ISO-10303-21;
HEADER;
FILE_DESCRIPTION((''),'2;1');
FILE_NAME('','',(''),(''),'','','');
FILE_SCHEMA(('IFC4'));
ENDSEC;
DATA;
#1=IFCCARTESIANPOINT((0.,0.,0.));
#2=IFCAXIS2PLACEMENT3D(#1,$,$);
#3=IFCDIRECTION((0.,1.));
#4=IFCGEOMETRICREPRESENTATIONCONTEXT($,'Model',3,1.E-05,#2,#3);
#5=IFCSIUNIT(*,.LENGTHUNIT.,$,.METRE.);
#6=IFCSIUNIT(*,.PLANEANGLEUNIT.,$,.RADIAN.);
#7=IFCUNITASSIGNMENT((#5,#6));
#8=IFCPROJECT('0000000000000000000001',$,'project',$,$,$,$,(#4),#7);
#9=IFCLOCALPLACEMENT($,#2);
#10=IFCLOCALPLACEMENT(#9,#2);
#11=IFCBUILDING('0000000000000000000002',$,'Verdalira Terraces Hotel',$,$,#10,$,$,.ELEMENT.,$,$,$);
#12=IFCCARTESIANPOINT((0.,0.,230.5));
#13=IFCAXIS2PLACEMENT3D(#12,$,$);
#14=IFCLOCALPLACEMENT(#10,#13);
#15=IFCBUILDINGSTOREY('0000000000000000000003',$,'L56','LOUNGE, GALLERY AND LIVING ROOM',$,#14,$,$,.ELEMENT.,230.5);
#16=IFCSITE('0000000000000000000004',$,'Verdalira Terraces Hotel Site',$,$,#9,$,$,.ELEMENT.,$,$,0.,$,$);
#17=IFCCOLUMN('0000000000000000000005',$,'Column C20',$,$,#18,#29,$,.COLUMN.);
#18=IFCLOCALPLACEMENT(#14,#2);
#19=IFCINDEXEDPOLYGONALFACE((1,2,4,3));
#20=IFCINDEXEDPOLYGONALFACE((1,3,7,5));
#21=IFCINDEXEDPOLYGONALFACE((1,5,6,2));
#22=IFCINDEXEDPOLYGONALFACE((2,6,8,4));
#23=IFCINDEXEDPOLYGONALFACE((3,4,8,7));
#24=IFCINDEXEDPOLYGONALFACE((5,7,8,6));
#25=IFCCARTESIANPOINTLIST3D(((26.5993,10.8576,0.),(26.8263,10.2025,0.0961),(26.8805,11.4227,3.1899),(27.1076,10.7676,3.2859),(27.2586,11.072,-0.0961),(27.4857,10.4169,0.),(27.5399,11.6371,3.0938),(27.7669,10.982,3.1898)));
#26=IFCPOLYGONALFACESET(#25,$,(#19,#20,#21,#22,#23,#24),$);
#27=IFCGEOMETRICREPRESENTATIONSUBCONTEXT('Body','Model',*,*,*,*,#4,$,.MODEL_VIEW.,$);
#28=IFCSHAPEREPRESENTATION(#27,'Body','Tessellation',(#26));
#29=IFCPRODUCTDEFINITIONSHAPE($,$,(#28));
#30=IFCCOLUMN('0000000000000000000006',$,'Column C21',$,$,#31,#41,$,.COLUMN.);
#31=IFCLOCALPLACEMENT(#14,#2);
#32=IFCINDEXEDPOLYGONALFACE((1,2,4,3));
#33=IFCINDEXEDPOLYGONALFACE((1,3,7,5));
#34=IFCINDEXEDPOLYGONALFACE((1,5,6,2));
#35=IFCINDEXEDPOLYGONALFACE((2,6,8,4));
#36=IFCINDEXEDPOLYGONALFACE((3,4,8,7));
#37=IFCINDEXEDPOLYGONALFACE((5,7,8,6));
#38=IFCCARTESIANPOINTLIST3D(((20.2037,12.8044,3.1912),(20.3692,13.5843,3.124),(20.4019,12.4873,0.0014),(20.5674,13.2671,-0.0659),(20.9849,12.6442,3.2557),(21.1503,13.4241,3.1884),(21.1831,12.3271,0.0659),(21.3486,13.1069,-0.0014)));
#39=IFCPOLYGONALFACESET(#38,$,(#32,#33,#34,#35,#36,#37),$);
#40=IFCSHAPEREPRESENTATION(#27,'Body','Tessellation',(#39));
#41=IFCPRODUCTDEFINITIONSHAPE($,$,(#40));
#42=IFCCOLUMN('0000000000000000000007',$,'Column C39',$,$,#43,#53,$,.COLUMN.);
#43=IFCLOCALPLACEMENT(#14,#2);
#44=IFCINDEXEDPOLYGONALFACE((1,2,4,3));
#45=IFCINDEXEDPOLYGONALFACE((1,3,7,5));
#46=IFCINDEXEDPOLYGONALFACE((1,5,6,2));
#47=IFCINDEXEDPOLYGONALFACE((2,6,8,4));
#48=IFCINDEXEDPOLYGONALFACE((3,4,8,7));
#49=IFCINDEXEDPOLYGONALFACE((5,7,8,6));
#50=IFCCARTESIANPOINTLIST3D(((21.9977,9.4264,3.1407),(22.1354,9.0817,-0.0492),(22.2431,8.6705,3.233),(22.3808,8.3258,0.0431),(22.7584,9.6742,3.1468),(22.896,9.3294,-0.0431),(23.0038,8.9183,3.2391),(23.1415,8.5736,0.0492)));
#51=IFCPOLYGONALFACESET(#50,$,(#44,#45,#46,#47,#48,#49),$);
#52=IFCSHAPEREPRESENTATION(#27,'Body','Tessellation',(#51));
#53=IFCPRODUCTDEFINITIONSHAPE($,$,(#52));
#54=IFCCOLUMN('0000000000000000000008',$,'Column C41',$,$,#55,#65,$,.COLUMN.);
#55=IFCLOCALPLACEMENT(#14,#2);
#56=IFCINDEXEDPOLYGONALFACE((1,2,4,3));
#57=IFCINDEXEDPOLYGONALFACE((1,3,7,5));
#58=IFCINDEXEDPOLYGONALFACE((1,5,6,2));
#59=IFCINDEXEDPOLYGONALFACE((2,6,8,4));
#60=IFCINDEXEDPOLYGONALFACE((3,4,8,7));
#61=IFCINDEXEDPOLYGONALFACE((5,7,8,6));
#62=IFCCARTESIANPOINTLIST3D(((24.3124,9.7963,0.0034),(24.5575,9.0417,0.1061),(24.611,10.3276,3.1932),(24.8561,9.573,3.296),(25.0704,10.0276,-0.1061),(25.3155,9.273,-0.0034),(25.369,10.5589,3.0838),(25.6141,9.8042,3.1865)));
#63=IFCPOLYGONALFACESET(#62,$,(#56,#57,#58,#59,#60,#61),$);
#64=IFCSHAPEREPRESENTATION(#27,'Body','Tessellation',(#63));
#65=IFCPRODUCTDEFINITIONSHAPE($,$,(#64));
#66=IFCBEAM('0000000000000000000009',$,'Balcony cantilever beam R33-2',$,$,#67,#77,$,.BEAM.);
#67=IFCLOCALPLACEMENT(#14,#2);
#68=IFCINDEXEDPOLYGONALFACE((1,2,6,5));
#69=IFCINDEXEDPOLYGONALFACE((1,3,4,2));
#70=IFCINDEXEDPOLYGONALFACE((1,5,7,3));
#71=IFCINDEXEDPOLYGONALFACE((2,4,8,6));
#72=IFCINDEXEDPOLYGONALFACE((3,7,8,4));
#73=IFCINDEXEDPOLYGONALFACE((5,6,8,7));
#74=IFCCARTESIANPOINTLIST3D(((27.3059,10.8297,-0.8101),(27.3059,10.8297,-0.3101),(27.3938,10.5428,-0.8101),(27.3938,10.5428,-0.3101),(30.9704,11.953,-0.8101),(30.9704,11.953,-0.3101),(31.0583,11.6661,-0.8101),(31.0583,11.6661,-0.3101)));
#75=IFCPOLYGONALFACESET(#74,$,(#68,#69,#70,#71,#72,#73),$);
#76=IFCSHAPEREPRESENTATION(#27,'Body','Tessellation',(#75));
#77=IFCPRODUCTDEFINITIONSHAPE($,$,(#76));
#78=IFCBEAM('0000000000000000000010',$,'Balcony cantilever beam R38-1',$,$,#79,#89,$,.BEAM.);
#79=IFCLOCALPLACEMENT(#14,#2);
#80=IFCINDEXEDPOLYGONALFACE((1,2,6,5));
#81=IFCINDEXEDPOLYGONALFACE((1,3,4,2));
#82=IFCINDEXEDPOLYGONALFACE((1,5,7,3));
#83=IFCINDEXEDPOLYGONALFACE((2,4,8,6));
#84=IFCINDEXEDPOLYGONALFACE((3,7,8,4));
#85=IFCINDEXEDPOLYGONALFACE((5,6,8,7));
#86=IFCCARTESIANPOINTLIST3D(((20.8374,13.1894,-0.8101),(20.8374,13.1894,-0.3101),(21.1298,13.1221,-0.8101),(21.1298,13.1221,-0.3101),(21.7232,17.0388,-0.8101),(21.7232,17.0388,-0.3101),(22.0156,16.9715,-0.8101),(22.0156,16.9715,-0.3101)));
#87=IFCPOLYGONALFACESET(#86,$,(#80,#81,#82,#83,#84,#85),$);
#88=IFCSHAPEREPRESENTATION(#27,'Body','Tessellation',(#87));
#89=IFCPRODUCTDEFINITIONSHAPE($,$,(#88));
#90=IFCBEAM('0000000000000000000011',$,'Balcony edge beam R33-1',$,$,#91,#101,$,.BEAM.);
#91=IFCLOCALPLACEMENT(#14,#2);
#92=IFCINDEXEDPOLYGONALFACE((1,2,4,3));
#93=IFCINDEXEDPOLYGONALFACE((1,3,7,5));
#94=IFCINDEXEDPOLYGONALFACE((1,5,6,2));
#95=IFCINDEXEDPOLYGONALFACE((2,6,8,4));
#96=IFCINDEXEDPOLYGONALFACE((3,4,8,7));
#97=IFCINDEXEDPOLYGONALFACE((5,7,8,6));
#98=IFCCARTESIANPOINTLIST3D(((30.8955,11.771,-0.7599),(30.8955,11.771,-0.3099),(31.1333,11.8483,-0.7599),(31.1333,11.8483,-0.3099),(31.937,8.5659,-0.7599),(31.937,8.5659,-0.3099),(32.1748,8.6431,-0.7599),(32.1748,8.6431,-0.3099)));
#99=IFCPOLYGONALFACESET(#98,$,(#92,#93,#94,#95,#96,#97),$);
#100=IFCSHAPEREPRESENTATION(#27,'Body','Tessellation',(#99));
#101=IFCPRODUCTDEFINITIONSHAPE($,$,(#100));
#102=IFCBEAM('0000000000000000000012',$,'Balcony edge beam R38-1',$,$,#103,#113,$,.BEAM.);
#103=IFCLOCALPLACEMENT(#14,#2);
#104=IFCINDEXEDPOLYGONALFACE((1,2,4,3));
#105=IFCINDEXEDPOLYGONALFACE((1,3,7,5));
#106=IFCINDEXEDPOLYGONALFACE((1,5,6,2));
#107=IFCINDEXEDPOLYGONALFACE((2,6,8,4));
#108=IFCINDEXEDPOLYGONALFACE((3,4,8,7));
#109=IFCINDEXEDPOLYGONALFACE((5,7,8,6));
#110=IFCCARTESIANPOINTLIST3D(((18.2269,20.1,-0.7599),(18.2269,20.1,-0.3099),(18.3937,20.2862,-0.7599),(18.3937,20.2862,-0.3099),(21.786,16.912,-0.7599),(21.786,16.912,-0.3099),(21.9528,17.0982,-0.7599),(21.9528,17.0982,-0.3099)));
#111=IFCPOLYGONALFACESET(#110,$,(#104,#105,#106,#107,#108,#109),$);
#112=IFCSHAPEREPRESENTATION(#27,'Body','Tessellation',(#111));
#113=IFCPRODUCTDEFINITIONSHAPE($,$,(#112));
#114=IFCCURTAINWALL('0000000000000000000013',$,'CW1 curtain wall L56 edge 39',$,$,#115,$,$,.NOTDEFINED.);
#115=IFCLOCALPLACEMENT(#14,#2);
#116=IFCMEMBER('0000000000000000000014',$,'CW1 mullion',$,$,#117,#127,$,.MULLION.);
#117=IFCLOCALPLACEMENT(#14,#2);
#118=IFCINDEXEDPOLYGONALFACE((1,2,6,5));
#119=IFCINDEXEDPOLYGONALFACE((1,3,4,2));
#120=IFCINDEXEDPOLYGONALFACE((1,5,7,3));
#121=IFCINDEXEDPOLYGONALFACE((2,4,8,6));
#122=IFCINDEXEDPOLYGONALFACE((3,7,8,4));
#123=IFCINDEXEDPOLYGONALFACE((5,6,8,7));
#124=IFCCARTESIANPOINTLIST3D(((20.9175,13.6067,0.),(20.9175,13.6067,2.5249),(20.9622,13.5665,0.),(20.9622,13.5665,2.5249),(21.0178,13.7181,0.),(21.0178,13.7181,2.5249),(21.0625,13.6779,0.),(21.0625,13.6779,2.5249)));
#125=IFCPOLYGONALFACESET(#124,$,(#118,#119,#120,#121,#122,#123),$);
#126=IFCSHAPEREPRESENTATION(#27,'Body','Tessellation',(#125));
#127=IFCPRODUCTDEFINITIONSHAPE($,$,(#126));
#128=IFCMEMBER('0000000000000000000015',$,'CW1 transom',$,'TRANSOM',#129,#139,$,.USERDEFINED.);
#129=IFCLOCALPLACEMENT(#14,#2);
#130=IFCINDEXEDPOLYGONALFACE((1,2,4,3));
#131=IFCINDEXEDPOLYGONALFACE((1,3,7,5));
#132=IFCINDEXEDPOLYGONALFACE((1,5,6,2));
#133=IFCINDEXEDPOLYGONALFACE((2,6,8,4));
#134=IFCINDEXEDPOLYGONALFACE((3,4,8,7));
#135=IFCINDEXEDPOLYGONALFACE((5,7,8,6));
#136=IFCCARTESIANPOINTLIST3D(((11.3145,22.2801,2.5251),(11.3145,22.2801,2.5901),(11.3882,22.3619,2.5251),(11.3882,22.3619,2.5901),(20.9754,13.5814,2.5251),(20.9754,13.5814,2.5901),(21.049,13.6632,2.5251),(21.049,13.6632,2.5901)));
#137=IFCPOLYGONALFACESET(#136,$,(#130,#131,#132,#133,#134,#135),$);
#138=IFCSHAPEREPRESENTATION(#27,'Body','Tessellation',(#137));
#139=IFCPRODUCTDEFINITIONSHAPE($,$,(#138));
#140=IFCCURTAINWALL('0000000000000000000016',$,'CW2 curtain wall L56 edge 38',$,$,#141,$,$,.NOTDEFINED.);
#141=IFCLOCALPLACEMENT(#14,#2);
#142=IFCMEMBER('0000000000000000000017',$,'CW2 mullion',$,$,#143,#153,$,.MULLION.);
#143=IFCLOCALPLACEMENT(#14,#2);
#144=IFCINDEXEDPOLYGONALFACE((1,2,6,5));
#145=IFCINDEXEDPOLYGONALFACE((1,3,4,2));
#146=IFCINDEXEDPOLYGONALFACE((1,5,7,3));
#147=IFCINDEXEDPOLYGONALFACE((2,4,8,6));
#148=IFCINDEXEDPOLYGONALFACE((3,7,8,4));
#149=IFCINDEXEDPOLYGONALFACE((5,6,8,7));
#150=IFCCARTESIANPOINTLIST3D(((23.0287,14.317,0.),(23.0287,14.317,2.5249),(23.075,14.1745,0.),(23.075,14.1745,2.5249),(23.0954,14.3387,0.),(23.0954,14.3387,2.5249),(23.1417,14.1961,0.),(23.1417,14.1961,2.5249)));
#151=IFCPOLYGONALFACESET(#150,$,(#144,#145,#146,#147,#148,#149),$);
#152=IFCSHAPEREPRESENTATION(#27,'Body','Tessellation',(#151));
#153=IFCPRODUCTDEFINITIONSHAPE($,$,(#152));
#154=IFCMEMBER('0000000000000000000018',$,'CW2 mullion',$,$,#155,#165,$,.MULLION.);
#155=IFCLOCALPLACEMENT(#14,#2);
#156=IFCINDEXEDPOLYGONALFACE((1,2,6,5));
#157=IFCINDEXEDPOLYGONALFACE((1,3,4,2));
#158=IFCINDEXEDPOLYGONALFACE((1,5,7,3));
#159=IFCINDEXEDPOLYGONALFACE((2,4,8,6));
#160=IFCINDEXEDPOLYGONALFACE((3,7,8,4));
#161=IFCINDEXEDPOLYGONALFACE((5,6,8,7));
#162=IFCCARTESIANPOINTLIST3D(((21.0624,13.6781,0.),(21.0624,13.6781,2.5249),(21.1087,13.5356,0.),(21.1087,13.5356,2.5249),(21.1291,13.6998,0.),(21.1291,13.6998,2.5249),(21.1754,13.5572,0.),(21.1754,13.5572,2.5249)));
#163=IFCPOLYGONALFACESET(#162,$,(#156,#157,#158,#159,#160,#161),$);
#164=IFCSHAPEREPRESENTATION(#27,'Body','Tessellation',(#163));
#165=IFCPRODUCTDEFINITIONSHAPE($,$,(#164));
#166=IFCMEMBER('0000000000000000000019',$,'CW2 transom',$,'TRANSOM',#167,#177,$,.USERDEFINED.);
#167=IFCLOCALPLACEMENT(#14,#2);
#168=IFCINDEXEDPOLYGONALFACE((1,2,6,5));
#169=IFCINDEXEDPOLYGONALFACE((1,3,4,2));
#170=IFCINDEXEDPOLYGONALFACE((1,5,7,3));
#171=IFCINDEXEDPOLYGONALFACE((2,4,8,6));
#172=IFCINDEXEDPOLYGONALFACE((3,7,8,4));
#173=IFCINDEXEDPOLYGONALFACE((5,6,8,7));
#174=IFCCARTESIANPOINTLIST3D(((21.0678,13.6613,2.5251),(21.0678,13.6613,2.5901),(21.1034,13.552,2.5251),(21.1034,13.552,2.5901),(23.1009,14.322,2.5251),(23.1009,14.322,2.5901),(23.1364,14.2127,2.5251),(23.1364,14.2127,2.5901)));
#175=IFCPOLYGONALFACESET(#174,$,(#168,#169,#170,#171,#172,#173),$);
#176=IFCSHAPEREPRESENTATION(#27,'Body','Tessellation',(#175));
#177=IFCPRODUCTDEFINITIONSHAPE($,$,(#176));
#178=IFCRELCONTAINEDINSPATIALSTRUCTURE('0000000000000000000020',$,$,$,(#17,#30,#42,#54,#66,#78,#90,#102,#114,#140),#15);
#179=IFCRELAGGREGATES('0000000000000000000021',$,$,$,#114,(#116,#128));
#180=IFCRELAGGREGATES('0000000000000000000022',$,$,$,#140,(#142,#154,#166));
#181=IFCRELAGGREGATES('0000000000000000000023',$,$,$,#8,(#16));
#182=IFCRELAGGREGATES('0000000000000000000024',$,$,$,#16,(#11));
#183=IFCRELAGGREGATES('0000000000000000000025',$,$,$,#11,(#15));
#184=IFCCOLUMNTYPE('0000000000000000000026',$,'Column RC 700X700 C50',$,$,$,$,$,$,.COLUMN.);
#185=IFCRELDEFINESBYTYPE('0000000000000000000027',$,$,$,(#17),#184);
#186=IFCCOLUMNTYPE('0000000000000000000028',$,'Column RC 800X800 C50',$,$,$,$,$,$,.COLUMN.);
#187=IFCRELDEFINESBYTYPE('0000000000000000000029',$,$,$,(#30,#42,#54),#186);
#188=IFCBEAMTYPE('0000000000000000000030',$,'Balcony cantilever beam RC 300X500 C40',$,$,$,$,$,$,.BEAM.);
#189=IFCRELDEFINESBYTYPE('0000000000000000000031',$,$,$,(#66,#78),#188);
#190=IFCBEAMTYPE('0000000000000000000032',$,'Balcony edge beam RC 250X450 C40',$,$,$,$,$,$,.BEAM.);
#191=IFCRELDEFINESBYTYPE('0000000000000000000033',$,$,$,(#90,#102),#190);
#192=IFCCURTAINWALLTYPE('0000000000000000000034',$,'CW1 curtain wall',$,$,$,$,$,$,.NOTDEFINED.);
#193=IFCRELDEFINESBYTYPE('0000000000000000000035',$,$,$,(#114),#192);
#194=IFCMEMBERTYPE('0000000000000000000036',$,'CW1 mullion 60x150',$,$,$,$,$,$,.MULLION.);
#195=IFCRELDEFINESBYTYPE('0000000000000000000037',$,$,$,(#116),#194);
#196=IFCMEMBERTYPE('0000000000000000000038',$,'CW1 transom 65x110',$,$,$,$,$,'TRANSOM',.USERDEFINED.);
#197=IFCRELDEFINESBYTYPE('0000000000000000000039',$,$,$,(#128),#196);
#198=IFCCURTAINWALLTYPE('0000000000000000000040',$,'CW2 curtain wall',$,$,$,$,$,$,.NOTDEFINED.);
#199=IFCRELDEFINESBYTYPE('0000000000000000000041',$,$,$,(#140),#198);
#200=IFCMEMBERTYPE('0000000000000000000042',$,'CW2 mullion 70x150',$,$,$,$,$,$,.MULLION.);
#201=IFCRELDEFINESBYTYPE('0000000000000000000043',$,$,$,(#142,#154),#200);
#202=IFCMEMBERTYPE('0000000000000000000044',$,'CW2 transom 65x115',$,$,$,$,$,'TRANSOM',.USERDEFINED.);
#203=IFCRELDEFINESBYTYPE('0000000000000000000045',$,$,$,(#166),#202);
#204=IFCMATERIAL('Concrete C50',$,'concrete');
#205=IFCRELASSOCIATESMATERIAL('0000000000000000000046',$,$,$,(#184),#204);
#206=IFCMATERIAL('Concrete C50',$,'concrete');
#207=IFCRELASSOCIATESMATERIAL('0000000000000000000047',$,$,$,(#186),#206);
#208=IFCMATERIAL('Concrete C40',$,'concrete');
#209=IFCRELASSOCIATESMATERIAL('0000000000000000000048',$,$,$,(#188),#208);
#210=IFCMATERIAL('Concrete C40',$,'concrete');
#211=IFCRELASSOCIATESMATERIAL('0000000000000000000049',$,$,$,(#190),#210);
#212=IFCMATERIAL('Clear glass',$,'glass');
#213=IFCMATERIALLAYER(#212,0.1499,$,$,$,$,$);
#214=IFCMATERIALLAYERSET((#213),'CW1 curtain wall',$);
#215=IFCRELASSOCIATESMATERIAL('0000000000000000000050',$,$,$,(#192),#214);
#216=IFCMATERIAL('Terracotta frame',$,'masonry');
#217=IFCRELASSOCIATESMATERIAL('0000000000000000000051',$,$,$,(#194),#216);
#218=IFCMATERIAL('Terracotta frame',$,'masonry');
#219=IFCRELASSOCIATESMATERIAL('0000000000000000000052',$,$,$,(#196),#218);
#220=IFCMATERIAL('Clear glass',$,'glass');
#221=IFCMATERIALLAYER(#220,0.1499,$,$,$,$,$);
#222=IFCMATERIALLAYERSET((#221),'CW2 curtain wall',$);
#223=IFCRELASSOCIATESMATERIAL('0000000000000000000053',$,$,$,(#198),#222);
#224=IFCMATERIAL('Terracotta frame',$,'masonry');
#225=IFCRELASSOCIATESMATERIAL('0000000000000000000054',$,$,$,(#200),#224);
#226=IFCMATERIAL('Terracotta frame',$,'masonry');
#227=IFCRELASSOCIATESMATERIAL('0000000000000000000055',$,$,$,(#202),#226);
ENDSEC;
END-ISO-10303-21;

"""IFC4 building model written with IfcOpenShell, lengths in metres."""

from ifc_helpers import new_model, si_unit, direction, frame, origin, origin_2d, place, context, subcontext, project, spatial, rectangle, extrude, material, layer, layer_set, material_profile, profile_set, type_object, element, aggregate, save


model = new_model("IFC4")

# Units and contexts
model_context = context("Model", 3, precision=1e-05, world=origin(), true_north=direction((0.0, 1.0)))
body_context = subcontext(model_context, "Body", "Model", "MODEL_VIEW")
ifc_project = project(units=[si_unit("LENGTHUNIT", "METRE"), si_unit("PLANEANGLEUNIT", "RADIAN")], contexts=[model_context])

# Site, building, storey
site_placement = place(None, origin())
site = spatial("IfcSite", under=ifc_project, at=site_placement, Name="Verdalira Terraces Hotel Site", CompositionType="ELEMENT", RefElevation=0.0)
building_placement = place(site_placement, origin())
building = spatial("IfcBuilding", under=site, at=building_placement, Name="Verdalira Terraces Hotel", CompositionType="ELEMENT")
storey_placement = place(building_placement, frame((0.0, 0.0, 230.5)))
storey = spatial("IfcBuildingStorey", under=building, at=storey_placement, Name="L56", Description="LOUNGE, GALLERY AND LIVING ROOM", CompositionType="ELEMENT", Elevation=230.5)

# Columns
ifc_material_1 = material(Name="Concrete C50", Category="concrete")
ifc_material_profile_1 = material_profile(ifc_material_1, rectangle(XDim=0.7, YDim=0.7, at=origin_2d()), Name="RC 700X700")
ifc_profile_set_1 = profile_set([ifc_material_profile_1], Name="Concrete C50")
column_type_1 = type_object("IfcColumnType", Name="Column RC 700X700 C50", PredefinedType="COLUMN", material=ifc_profile_set_1)
column_1_placement = place(storey_placement, frame((27.0425, 10.6372, 0.0), z_axis=(0.08649, 0.173806, 0.980974), x_axis=(-0.324348, 0.935931, -0.137229)))
element("IfcColumn", 1, at=column_1_placement, inside=storey, type_object=column_type_1, Name="Column C20", PredefinedType="COLUMN", context=body_context, shape_type="SweptSolid", body=[
    extrude(rectangle(XDim=0.7, YDim=0.7, at=origin_2d()), origin(), (0.0, 0.0, 1.0), 3.2517),
])
ifc_material_2 = material(Name="Concrete C50", Category="concrete")
ifc_material_profile_2 = material_profile(ifc_material_2, rectangle(XDim=0.8, YDim=0.8, at=origin_2d()), Name="RC 800X800")
ifc_profile_set_2 = profile_set([ifc_material_profile_2], Name="Concrete C50")
column_type_2 = type_object("IfcColumnType", Name="Column RC 800X800 C50", PredefinedType="COLUMN", material=ifc_profile_set_2)
column_2_placement = place(storey_placement, frame((20.8752, 12.7971, 0.0), z_axis=(-0.061723, 0.098742, 0.993197), x_axis=(0.976425, -0.200247, 0.080589)))
element("IfcColumn", 2, at=column_2_placement, inside=storey, type_object=column_type_2, Name="Column C21", PredefinedType="COLUMN", context=body_context, shape_type="SweptSolid", body=[
    extrude(rectangle(XDim=0.8, YDim=0.8, at=origin_2d()), origin(), (0.0, 0.0, 1.0), 3.2117),
])
column_3_placement = place(storey_placement, frame((22.6384, 8.8276, 0.0), z_axis=(-0.042876, 0.107342, 0.993297), x_axis=(0.950809, 0.309686, 0.007575)))
element("IfcColumn", 3, at=column_3_placement, inside=storey, type_object=column_type_2, Name="Column C39", PredefinedType="COLUMN", context=body_context, shape_type="SweptSolid", body=[
    extrude(rectangle(XDim=0.8, YDim=0.8, at=origin_2d()), origin(), (0.0, 0.0, 1.0), 3.2114),
])
column_4_placement = place(storey_placement, frame((24.814, 9.5347, 0.0), z_axis=(0.091939, 0.163581, 0.982236), x_axis=(0.947472, 0.289094, -0.13683)))
element("IfcColumn", 4, at=column_4_placement, inside=storey, type_object=column_type_2, Name="Column C41", PredefinedType="COLUMN", context=body_context, shape_type="SweptSolid", body=[
    extrude(rectangle(XDim=0.8, YDim=0.8, at=origin_2d()), origin(), (0.0, 0.0, 1.0), 3.2476),
])

# Beams
ifc_material_3 = material(Name="Concrete C40", Category="concrete")
ifc_material_profile_3 = material_profile(ifc_material_3, rectangle(XDim=0.3, YDim=0.5, at=origin_2d()), Name="RC 300X500")
ifc_profile_set_3 = profile_set([ifc_material_profile_3], Name="Concrete C40")
beam_type_1 = type_object("IfcBeamType", Name="Balcony cantilever beam RC 300X500 C40", PredefinedType="BEAM", material=ifc_profile_set_3)
beam_1_placement = place(storey_placement, frame((27.3499, 10.6863, -0.5601), z_axis=(0.956091, 0.29307, 0.0), x_axis=(-0.29307, 0.956091, 0.0)))
element("IfcBeam", 5, at=beam_1_placement, inside=storey, type_object=beam_type_1, Name="Balcony cantilever beam R33-2", PredefinedType="BEAM", context=body_context, shape_type="SweptSolid", body=[
    extrude(rectangle(XDim=0.3, YDim=0.5, at=origin_2d()), origin(), (0.0, 0.0, 1.0), 3.8328),
])
beam_2_placement = place(storey_placement, frame((20.9836, 13.1558, -0.5601), z_axis=(0.224241, 0.974534, 0.0), x_axis=(-0.974534, 0.224241, 0.0)))
element("IfcBeam", 6, at=beam_2_placement, inside=storey, type_object=beam_type_1, Name="Balcony cantilever beam R38-1", PredefinedType="BEAM", context=body_context, shape_type="SweptSolid", body=[
    extrude(rectangle(XDim=0.3, YDim=0.5, at=origin_2d()), origin(), (0.0, 0.0, 1.0), 3.95),
])
ifc_material_4 = material(Name="Concrete C40", Category="concrete")
ifc_material_profile_4 = material_profile(ifc_material_4, rectangle(XDim=0.25, YDim=0.45, at=origin_2d()), Name="RC 250X450")
ifc_profile_set_4 = profile_set([ifc_material_profile_4], Name="Concrete C40")
beam_type_2 = type_object("IfcBeamType", Name="Balcony edge beam RC 250X450 C40", PredefinedType="BEAM", material=ifc_profile_set_4)
beam_3_placement = place(storey_placement, frame((32.0559, 8.6045, -0.5349), z_axis=(-0.309047, 0.951047, 0.0), x_axis=(-0.951047, -0.309047, 0.0)))
element("IfcBeam", 7, at=beam_3_placement, inside=storey, type_object=beam_type_2, Name="Balcony edge beam R33-1", PredefinedType="BEAM", context=body_context, shape_type="SweptSolid", body=[
    extrude(rectangle(XDim=0.25, YDim=0.45, at=origin_2d()), origin(), (0.0, 0.0, 1.0), 3.3701),
])
beam_4_placement = place(storey_placement, frame((21.8694, 17.0051, -0.5349), z_axis=(-0.744872, 0.667207, 0.0), x_axis=(-0.667207, -0.744872, 0.0)))
element("IfcBeam", 8, at=beam_4_placement, inside=storey, type_object=beam_type_2, Name="Balcony edge beam R38-1", PredefinedType="BEAM", context=body_context, shape_type="SweptSolid", body=[
    extrude(rectangle(XDim=0.25, YDim=0.45, at=origin_2d()), origin(), (0.0, 0.0, 1.0), 4.7781),
])

# Curtain walls, members
ifc_material_5 = material(Name="Clear glass", Category="glass")
ifc_layer_1 = layer(ifc_material_5, 0.1499)
ifc_layer_set_1 = layer_set([ifc_layer_1], Name="CW1 curtain wall")
curtain_wall_type_1 = type_object("IfcCurtainWallType", Name="CW1 curtain wall", PredefinedType="NOTDEFINED", material=ifc_layer_set_1)
curtain_wall_1_placement = place(storey_placement, origin())
curtain_wall_1 = element("IfcCurtainWall", 9, at=curtain_wall_1_placement, inside=storey, type_object=curtain_wall_type_1, Name="CW1 curtain wall L56 edge 39", PredefinedType="NOTDEFINED")
ifc_material_6 = material(Name="Terracotta frame", Category="masonry")
ifc_material_profile_5 = material_profile(ifc_material_6, rectangle(XDim=0.0601, YDim=0.1499, at=origin_2d()), Name="MU 60x150")
ifc_profile_set_5 = profile_set([ifc_material_profile_5], Name="Terracotta frame")
member_type_1 = type_object("IfcMemberType", Name="CW1 mullion 60x150", PredefinedType="MULLION", material=ifc_profile_set_5)
member_1_placement = place(storey_placement, frame((20.99, 13.6423, 0.0), z_axis=(0.0, 0.0, 1.0), x_axis=(-0.743145, 0.669131, 0.0)))
member_1 = element("IfcMember", 10, at=member_1_placement, type_object=member_type_1, Name="CW1 mullion", PredefinedType="MULLION", context=body_context, shape_type="SweptSolid", body=[
    extrude(rectangle(XDim=0.0601, YDim=0.1499, at=origin_2d()), origin(), (0.0, 0.0, 1.0), 2.5249),
])
ifc_material_7 = material(Name="Terracotta frame", Category="masonry")
ifc_material_profile_6 = material_profile(ifc_material_7, rectangle(XDim=0.1101, YDim=0.0649, at=origin_2d()), Name="TR 65x110")
ifc_profile_set_6 = profile_set([ifc_material_profile_6], Name="Terracotta frame")
member_type_2 = type_object("IfcMemberType", Name="CW1 transom 65x110", ElementType="TRANSOM", PredefinedType="USERDEFINED", material=ifc_profile_set_6)
member_2_placement = place(storey_placement, frame((21.0122, 13.6223, 2.5576), z_axis=(-0.743144, 0.669132, 0.0), x_axis=(-0.669132, -0.743144, 0.0)))
member_2 = element("IfcMember", 11, at=member_2_placement, type_object=member_type_2, Name="CW1 transom", ObjectType="TRANSOM", PredefinedType="USERDEFINED", context=body_context, shape_type="SweptSolid", body=[
    extrude(rectangle(XDim=0.1101, YDim=0.0649, at=origin_2d()), origin(), (0.0, 0.0, 1.0), 13.0),
])
aggregate(curtain_wall_1, [member_1, member_2])
ifc_material_8 = material(Name="Clear glass", Category="glass")
ifc_layer_2 = layer(ifc_material_8, 0.1499)
ifc_layer_set_2 = layer_set([ifc_layer_2], Name="CW2 curtain wall")
curtain_wall_type_2 = type_object("IfcCurtainWallType", Name="CW2 curtain wall", PredefinedType="NOTDEFINED", material=ifc_layer_set_2)
curtain_wall_2_placement = place(storey_placement, origin())
curtain_wall_2 = element("IfcCurtainWall", 12, at=curtain_wall_2_placement, inside=storey, type_object=curtain_wall_type_2, Name="CW2 curtain wall L56 edge 38", PredefinedType="NOTDEFINED")
ifc_material_9 = material(Name="Terracotta frame", Category="masonry")
ifc_material_profile_7 = material_profile(ifc_material_9, rectangle(XDim=0.0701, YDim=0.1499, at=origin_2d()), Name="MU 70x150")
ifc_profile_set_7 = profile_set([ifc_material_profile_7], Name="Terracotta frame")
member_type_3 = type_object("IfcMemberType", Name="CW2 mullion 70x150", PredefinedType="MULLION", material=ifc_profile_set_7)
member_3_placement = place(storey_placement, frame((23.0852, 14.2566, 0.0), z_axis=(0.0, 0.0, 1.0), x_axis=(-0.951057, -0.309017, 0.0)))
member_3 = element("IfcMember", 13, at=member_3_placement, type_object=member_type_3, Name="CW2 mullion", PredefinedType="MULLION", context=body_context, shape_type="SweptSolid", body=[
    extrude(rectangle(XDim=0.0701, YDim=0.1499, at=origin_2d()), origin(), (0.0, 0.0, 1.0), 2.5249),
])
member_4_placement = place(storey_placement, frame((21.1189, 13.6177, 0.0), z_axis=(0.0, 0.0, 1.0), x_axis=(-0.951057, -0.309017, 0.0)))
member_4 = element("IfcMember", 14, at=member_4_placement, type_object=member_type_3, Name="CW2 mullion", PredefinedType="MULLION", context=body_context, shape_type="SweptSolid", body=[
    extrude(rectangle(XDim=0.0701, YDim=0.1499, at=origin_2d()), origin(), (0.0, 0.0, 1.0), 2.5249),
])
ifc_material_10 = material(Name="Terracotta frame", Category="masonry")
ifc_material_profile_8 = material_profile(ifc_material_10, rectangle(XDim=0.115, YDim=0.0649, at=origin_2d()), Name="TR 65x115")
ifc_profile_set_8 = profile_set([ifc_material_profile_8], Name="Terracotta frame")
member_type_4 = type_object("IfcMemberType", Name="CW2 transom 65x115", ElementType="TRANSOM", PredefinedType="USERDEFINED", material=ifc_profile_set_8)
member_5_placement = place(storey_placement, frame((23.1187, 14.2673, 2.5576), z_axis=(-0.951043, -0.309058, 0.0), x_axis=(0.309058, -0.951043, 0.0)))
member_5 = element("IfcMember", 15, at=member_5_placement, type_object=member_type_4, Name="CW2 transom", ObjectType="TRANSOM", PredefinedType="USERDEFINED", context=body_context, shape_type="SweptSolid", body=[
    extrude(rectangle(XDim=0.115, YDim=0.0649, at=origin_2d()), origin(), (0.0, 0.0, 1.0), 2.1377),
])

aggregate(curtain_wall_2, [member_3, member_4, member_5])

save(model, "model.ifc")
